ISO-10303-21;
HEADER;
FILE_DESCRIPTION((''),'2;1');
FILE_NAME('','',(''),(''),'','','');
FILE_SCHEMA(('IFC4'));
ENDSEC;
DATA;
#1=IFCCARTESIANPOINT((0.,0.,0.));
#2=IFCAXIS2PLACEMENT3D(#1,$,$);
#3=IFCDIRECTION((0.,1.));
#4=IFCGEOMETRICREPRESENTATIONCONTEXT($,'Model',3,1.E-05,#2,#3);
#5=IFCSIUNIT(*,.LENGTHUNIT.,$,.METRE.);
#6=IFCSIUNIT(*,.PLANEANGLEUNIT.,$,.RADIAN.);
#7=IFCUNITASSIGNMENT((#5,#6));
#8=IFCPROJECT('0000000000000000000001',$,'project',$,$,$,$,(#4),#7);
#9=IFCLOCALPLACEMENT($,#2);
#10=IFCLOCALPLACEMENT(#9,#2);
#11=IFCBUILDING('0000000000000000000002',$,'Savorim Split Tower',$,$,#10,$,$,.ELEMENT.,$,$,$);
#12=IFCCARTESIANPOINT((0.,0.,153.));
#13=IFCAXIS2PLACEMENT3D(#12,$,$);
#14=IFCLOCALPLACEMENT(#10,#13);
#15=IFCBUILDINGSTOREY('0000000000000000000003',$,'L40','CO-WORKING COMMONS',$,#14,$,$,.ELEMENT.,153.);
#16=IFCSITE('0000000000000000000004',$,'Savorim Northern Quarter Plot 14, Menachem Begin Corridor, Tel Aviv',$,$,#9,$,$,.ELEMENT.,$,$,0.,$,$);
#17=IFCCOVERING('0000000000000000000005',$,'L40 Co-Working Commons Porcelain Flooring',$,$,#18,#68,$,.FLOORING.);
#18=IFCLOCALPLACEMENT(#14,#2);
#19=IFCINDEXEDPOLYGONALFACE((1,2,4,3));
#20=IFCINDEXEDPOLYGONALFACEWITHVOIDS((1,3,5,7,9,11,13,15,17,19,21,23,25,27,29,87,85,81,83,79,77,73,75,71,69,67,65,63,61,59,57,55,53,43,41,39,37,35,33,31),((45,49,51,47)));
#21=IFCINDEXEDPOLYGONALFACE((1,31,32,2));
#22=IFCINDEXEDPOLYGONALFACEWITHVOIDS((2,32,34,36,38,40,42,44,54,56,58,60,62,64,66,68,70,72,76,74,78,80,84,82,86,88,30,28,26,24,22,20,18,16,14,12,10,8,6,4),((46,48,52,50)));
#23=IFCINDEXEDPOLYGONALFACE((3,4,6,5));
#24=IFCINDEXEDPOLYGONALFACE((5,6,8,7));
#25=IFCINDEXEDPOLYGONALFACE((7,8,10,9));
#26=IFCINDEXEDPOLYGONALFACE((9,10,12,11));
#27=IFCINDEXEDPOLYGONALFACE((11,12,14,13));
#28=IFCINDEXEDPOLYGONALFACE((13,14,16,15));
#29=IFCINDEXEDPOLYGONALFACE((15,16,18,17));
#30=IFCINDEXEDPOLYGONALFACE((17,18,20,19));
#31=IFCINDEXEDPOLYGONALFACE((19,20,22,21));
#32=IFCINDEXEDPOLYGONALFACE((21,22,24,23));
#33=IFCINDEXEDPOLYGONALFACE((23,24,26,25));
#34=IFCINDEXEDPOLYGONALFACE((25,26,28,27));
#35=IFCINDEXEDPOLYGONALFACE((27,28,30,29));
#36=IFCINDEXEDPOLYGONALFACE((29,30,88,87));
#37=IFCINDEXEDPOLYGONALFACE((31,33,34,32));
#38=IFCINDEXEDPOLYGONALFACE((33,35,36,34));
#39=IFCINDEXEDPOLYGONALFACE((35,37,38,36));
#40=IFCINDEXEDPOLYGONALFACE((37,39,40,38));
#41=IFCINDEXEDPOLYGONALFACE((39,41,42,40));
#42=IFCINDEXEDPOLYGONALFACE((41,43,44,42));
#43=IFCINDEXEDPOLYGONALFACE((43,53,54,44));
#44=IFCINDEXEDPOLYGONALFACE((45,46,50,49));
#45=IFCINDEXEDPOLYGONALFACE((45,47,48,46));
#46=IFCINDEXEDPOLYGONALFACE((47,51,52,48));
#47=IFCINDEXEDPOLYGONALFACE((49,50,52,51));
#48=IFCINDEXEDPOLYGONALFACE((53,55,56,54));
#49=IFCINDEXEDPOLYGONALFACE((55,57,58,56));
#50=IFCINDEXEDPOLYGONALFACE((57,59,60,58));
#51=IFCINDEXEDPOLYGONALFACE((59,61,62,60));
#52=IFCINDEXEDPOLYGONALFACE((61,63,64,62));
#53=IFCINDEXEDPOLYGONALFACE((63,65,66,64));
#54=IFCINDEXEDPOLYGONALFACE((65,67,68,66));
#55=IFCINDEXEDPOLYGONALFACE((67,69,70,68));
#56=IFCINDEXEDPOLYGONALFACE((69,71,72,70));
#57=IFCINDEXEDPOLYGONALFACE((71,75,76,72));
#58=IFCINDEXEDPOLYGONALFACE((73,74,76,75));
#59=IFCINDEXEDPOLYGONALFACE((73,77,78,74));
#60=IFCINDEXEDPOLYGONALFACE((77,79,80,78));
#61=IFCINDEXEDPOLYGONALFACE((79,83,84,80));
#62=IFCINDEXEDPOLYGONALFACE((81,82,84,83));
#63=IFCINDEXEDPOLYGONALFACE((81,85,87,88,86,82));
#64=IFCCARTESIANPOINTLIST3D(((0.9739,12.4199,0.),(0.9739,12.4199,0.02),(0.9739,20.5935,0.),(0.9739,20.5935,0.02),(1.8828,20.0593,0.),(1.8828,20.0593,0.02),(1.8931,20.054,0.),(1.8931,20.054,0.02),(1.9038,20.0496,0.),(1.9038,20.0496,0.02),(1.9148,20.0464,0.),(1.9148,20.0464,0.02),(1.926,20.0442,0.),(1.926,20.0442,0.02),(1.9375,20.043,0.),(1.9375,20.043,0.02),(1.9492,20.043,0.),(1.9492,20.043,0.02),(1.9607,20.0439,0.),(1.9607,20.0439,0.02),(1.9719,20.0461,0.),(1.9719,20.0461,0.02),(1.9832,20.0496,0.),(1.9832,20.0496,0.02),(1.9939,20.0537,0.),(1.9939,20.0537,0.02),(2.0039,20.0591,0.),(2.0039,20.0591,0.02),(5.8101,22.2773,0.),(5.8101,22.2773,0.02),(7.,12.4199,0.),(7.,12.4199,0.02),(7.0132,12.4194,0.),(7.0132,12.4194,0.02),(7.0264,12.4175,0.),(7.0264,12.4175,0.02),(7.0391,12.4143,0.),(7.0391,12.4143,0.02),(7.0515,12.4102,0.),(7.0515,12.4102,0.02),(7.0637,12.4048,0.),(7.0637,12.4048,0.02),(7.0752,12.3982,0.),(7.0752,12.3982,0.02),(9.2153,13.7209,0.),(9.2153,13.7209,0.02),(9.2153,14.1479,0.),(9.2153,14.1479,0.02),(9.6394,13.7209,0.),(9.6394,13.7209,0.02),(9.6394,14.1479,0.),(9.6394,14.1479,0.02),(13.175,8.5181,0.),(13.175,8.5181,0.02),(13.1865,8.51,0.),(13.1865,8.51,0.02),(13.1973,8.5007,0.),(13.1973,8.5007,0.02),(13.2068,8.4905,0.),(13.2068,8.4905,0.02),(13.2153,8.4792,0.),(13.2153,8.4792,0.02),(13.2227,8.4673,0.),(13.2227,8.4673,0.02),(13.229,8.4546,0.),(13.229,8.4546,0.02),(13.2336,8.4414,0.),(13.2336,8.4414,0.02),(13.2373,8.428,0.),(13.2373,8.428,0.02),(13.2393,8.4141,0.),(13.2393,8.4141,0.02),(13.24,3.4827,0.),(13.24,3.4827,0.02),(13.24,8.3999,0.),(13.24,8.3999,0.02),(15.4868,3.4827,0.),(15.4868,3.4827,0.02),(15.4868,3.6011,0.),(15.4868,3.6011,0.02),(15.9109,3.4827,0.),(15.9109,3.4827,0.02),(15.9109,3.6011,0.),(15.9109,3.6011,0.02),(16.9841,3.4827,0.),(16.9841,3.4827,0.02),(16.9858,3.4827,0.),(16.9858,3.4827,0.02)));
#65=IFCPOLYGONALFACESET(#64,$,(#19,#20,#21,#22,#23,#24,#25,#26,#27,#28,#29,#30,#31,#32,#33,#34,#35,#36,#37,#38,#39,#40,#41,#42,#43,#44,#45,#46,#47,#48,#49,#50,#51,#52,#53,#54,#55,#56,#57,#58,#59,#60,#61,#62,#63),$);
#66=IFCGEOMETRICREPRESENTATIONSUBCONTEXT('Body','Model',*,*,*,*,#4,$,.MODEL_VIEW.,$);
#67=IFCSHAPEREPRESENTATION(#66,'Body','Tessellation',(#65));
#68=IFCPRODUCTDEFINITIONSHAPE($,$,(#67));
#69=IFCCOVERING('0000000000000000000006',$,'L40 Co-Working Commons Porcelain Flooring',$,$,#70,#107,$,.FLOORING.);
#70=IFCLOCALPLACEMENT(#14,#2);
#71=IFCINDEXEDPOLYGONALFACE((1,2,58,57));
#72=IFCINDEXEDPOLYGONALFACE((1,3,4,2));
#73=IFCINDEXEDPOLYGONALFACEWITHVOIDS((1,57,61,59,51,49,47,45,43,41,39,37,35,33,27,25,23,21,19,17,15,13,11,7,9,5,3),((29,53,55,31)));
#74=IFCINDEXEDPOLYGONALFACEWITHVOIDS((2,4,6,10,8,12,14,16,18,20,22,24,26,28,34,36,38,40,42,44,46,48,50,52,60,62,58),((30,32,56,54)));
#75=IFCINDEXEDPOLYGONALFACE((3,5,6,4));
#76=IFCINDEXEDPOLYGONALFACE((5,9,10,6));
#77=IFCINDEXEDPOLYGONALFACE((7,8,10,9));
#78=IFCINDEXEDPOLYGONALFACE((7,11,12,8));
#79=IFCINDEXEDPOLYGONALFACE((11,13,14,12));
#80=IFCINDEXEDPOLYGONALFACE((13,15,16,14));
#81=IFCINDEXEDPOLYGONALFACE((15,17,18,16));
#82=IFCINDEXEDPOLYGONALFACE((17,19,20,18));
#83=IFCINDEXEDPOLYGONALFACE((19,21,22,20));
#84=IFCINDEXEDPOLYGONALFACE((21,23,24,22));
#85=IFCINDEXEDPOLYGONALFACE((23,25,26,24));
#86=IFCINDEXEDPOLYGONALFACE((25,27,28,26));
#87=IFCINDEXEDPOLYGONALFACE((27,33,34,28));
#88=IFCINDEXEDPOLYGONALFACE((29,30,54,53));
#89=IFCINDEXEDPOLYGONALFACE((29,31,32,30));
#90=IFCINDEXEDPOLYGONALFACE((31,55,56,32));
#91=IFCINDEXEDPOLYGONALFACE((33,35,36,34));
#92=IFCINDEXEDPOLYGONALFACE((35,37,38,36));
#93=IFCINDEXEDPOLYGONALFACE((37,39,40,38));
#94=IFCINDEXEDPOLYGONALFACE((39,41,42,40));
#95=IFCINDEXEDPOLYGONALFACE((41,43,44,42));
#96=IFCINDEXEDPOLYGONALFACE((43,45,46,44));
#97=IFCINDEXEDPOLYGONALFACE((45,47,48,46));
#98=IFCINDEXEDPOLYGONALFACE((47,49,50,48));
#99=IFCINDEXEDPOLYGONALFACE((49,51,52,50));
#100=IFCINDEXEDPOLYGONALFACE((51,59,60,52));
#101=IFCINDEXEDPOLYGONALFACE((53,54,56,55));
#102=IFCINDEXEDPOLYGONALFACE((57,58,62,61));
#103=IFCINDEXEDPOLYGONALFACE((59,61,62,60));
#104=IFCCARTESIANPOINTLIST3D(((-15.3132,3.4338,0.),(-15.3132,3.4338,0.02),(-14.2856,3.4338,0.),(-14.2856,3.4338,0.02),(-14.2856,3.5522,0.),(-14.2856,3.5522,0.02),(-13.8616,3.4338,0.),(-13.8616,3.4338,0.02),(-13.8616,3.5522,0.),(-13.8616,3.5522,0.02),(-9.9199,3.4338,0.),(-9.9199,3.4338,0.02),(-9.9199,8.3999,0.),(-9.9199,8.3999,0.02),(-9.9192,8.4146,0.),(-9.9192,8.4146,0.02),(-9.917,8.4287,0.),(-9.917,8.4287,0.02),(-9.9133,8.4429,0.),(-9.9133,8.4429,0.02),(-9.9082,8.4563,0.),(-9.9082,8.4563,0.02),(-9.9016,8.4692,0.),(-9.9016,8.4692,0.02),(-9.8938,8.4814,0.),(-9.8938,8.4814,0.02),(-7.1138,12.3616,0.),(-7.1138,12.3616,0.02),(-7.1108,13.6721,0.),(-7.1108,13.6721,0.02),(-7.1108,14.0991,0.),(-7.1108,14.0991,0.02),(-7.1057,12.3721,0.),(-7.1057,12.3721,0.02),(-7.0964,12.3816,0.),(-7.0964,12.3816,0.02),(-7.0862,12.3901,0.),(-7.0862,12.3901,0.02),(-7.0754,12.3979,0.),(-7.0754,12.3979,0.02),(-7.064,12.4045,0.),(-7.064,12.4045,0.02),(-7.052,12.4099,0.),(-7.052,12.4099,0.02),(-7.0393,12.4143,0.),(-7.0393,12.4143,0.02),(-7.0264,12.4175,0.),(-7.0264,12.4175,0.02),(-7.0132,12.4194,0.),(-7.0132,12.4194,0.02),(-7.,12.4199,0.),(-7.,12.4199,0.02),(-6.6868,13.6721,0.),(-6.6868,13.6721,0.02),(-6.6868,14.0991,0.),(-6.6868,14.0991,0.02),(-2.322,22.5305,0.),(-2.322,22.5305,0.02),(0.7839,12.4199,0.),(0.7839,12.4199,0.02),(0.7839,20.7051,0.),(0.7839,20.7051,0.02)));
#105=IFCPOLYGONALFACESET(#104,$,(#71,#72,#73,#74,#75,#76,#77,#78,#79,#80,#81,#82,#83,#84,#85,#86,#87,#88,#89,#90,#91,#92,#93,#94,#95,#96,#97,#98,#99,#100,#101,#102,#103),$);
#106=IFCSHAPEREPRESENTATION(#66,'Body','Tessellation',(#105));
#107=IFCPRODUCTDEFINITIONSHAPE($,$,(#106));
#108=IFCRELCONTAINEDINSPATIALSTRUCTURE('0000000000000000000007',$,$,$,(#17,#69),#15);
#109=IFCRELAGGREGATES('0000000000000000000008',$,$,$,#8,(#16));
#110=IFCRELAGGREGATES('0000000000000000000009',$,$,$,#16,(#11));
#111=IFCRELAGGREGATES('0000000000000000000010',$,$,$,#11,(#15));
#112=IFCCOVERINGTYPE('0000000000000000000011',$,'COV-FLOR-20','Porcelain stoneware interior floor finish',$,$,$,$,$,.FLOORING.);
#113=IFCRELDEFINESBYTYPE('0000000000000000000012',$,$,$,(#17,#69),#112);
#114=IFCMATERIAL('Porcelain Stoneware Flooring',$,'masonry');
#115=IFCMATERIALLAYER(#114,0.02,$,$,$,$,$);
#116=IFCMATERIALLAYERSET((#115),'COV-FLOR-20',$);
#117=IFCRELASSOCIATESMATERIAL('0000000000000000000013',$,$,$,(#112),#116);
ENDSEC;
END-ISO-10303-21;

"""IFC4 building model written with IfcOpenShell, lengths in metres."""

from ifc_helpers import new_model, si_unit, direction, frame, origin, place, context, subcontext, project, spatial, polyline, outline, extrude, material, layer, layer_set, type_object, element, save


model = new_model("IFC4")

# Units and contexts
model_context = context("Model", 3, precision=1e-05, world=origin(), true_north=direction((0.0, 1.0)))
body_context = subcontext(model_context, "Body", "Model", "MODEL_VIEW")
ifc_project = project(units=[si_unit("LENGTHUNIT", "METRE"), si_unit("PLANEANGLEUNIT", "RADIAN")], contexts=[model_context])

# Site, building, storey
site_placement = place(None, origin())
site = spatial("IfcSite", under=ifc_project, at=site_placement, Name="Savorim Northern Quarter Plot 14, Menachem Begin Corridor, Tel Aviv", CompositionType="ELEMENT", RefElevation=0.0)
building_placement = place(site_placement, origin())
building = spatial("IfcBuilding", under=site, at=building_placement, Name="Savorim Split Tower", CompositionType="ELEMENT")
storey_placement = place(building_placement, frame((0.0, 0.0, 153.0)))
storey = spatial("IfcBuildingStorey", under=building, at=storey_placement, Name="L40", Description="CO-WORKING COMMONS", CompositionType="ELEMENT", Elevation=153.0)

# Coverings
ifc_material_1 = material(Name="Porcelain Stoneware Flooring", Category="masonry")
ifc_layer_1 = layer(ifc_material_1, 0.02)
ifc_layer_set_1 = layer_set([ifc_layer_1], Name="COV-FLOR-20")
covering_type_1 = type_object("IfcCoveringType", Name="COV-FLOR-20", Description="Porcelain stoneware interior floor finish", PredefinedType="FLOORING", material=ifc_layer_set_1)
covering_1_placement = place(storey_placement, origin())
element("IfcCovering", 1, at=covering_1_placement, inside=storey, type_object=covering_type_1, Name="L40 Co-Working Commons Porcelain Flooring", PredefinedType="FLOORING", context=body_context, shape_type="SweptSolid", body=[
    extrude(outline(polyline([(1.9038, 20.0496), (1.8931, 20.054), (1.8828, 20.0593), (0.9739, 20.5935), (0.9739, 12.4199), (7.0, 12.4199), (7.0132, 12.4194), (7.0264, 12.4175), (7.0391, 12.4143), (7.0515, 12.4102), (7.0637, 12.4048), (7.0752, 12.3982), (13.175, 8.5181), (13.1865, 8.51), (13.1973, 8.5007), (13.2068, 8.4905), (13.2153, 8.4792), (13.2227, 8.4673), (13.229, 8.4546), (13.2336, 8.4414), (13.2373, 8.428), (13.2393, 8.4141), (13.24, 8.3999), (13.24, 3.4827), (15.4868, 3.4827), (15.4868, 3.6011), (15.9109, 3.6011), (15.9109, 3.4827), (16.9841, 3.4827), (16.9858, 3.4827), (5.8101, 22.2773), (2.0039, 20.0591), (1.9939, 20.0537), (1.9832, 20.0496), (1.9719, 20.0461), (1.9607, 20.0439), (1.9492, 20.043), (1.9375, 20.043), (1.926, 20.0442), (1.9148, 20.0464), (1.9038, 20.0496)]), holes=[polyline([(9.6394, 14.1479), (9.2153, 14.1479), (9.2153, 13.7209), (9.6394, 13.7209), (9.6394, 14.1479)])]), origin(), (0.0, 0.0, 1.0), 0.02),
])
covering_2_placement = place(storey_placement, origin())
element("IfcCovering", 2, at=covering_2_placement, inside=storey, type_object=covering_type_1, Name="L40 Co-Working Commons Porcelain Flooring", PredefinedType="FLOORING", context=body_context, shape_type="SweptSolid", body=[
    extrude(outline(polyline([(-7.0, 12.4199), (0.7839, 12.4199), (0.7839, 20.7051), (-2.322, 22.5305), (-15.3132, 3.4338), (-14.2856, 3.4338), (-14.2856, 3.5522), (-13.8616, 3.5522), (-13.8616, 3.4338), (-9.9199, 3.4338), (-9.9199, 8.3999), (-9.9192, 8.4146), (-9.917, 8.4287), (-9.9133, 8.4429), (-9.9082, 8.4563), (-9.9016, 8.4692), (-9.8938, 8.4814), (-7.1138, 12.3616), (-7.1057, 12.3721), (-7.0964, 12.3816), (-7.0862, 12.3901), (-7.0754, 12.3979), (-7.064, 12.4045), (-7.052, 12.4099), (-7.0393, 12.4143), (-7.0264, 12.4175), (-7.0132, 12.4194), (-7.0, 12.4199)]), holes=[polyline([(-6.6868, 14.0991), (-7.1108, 14.0991), (-7.1108, 13.6721), (-6.6868, 13.6721), (-6.6868, 14.0991)])]), origin(), (0.0, 0.0, 1.0), 0.02),
])

save(model, "model.ifc")
